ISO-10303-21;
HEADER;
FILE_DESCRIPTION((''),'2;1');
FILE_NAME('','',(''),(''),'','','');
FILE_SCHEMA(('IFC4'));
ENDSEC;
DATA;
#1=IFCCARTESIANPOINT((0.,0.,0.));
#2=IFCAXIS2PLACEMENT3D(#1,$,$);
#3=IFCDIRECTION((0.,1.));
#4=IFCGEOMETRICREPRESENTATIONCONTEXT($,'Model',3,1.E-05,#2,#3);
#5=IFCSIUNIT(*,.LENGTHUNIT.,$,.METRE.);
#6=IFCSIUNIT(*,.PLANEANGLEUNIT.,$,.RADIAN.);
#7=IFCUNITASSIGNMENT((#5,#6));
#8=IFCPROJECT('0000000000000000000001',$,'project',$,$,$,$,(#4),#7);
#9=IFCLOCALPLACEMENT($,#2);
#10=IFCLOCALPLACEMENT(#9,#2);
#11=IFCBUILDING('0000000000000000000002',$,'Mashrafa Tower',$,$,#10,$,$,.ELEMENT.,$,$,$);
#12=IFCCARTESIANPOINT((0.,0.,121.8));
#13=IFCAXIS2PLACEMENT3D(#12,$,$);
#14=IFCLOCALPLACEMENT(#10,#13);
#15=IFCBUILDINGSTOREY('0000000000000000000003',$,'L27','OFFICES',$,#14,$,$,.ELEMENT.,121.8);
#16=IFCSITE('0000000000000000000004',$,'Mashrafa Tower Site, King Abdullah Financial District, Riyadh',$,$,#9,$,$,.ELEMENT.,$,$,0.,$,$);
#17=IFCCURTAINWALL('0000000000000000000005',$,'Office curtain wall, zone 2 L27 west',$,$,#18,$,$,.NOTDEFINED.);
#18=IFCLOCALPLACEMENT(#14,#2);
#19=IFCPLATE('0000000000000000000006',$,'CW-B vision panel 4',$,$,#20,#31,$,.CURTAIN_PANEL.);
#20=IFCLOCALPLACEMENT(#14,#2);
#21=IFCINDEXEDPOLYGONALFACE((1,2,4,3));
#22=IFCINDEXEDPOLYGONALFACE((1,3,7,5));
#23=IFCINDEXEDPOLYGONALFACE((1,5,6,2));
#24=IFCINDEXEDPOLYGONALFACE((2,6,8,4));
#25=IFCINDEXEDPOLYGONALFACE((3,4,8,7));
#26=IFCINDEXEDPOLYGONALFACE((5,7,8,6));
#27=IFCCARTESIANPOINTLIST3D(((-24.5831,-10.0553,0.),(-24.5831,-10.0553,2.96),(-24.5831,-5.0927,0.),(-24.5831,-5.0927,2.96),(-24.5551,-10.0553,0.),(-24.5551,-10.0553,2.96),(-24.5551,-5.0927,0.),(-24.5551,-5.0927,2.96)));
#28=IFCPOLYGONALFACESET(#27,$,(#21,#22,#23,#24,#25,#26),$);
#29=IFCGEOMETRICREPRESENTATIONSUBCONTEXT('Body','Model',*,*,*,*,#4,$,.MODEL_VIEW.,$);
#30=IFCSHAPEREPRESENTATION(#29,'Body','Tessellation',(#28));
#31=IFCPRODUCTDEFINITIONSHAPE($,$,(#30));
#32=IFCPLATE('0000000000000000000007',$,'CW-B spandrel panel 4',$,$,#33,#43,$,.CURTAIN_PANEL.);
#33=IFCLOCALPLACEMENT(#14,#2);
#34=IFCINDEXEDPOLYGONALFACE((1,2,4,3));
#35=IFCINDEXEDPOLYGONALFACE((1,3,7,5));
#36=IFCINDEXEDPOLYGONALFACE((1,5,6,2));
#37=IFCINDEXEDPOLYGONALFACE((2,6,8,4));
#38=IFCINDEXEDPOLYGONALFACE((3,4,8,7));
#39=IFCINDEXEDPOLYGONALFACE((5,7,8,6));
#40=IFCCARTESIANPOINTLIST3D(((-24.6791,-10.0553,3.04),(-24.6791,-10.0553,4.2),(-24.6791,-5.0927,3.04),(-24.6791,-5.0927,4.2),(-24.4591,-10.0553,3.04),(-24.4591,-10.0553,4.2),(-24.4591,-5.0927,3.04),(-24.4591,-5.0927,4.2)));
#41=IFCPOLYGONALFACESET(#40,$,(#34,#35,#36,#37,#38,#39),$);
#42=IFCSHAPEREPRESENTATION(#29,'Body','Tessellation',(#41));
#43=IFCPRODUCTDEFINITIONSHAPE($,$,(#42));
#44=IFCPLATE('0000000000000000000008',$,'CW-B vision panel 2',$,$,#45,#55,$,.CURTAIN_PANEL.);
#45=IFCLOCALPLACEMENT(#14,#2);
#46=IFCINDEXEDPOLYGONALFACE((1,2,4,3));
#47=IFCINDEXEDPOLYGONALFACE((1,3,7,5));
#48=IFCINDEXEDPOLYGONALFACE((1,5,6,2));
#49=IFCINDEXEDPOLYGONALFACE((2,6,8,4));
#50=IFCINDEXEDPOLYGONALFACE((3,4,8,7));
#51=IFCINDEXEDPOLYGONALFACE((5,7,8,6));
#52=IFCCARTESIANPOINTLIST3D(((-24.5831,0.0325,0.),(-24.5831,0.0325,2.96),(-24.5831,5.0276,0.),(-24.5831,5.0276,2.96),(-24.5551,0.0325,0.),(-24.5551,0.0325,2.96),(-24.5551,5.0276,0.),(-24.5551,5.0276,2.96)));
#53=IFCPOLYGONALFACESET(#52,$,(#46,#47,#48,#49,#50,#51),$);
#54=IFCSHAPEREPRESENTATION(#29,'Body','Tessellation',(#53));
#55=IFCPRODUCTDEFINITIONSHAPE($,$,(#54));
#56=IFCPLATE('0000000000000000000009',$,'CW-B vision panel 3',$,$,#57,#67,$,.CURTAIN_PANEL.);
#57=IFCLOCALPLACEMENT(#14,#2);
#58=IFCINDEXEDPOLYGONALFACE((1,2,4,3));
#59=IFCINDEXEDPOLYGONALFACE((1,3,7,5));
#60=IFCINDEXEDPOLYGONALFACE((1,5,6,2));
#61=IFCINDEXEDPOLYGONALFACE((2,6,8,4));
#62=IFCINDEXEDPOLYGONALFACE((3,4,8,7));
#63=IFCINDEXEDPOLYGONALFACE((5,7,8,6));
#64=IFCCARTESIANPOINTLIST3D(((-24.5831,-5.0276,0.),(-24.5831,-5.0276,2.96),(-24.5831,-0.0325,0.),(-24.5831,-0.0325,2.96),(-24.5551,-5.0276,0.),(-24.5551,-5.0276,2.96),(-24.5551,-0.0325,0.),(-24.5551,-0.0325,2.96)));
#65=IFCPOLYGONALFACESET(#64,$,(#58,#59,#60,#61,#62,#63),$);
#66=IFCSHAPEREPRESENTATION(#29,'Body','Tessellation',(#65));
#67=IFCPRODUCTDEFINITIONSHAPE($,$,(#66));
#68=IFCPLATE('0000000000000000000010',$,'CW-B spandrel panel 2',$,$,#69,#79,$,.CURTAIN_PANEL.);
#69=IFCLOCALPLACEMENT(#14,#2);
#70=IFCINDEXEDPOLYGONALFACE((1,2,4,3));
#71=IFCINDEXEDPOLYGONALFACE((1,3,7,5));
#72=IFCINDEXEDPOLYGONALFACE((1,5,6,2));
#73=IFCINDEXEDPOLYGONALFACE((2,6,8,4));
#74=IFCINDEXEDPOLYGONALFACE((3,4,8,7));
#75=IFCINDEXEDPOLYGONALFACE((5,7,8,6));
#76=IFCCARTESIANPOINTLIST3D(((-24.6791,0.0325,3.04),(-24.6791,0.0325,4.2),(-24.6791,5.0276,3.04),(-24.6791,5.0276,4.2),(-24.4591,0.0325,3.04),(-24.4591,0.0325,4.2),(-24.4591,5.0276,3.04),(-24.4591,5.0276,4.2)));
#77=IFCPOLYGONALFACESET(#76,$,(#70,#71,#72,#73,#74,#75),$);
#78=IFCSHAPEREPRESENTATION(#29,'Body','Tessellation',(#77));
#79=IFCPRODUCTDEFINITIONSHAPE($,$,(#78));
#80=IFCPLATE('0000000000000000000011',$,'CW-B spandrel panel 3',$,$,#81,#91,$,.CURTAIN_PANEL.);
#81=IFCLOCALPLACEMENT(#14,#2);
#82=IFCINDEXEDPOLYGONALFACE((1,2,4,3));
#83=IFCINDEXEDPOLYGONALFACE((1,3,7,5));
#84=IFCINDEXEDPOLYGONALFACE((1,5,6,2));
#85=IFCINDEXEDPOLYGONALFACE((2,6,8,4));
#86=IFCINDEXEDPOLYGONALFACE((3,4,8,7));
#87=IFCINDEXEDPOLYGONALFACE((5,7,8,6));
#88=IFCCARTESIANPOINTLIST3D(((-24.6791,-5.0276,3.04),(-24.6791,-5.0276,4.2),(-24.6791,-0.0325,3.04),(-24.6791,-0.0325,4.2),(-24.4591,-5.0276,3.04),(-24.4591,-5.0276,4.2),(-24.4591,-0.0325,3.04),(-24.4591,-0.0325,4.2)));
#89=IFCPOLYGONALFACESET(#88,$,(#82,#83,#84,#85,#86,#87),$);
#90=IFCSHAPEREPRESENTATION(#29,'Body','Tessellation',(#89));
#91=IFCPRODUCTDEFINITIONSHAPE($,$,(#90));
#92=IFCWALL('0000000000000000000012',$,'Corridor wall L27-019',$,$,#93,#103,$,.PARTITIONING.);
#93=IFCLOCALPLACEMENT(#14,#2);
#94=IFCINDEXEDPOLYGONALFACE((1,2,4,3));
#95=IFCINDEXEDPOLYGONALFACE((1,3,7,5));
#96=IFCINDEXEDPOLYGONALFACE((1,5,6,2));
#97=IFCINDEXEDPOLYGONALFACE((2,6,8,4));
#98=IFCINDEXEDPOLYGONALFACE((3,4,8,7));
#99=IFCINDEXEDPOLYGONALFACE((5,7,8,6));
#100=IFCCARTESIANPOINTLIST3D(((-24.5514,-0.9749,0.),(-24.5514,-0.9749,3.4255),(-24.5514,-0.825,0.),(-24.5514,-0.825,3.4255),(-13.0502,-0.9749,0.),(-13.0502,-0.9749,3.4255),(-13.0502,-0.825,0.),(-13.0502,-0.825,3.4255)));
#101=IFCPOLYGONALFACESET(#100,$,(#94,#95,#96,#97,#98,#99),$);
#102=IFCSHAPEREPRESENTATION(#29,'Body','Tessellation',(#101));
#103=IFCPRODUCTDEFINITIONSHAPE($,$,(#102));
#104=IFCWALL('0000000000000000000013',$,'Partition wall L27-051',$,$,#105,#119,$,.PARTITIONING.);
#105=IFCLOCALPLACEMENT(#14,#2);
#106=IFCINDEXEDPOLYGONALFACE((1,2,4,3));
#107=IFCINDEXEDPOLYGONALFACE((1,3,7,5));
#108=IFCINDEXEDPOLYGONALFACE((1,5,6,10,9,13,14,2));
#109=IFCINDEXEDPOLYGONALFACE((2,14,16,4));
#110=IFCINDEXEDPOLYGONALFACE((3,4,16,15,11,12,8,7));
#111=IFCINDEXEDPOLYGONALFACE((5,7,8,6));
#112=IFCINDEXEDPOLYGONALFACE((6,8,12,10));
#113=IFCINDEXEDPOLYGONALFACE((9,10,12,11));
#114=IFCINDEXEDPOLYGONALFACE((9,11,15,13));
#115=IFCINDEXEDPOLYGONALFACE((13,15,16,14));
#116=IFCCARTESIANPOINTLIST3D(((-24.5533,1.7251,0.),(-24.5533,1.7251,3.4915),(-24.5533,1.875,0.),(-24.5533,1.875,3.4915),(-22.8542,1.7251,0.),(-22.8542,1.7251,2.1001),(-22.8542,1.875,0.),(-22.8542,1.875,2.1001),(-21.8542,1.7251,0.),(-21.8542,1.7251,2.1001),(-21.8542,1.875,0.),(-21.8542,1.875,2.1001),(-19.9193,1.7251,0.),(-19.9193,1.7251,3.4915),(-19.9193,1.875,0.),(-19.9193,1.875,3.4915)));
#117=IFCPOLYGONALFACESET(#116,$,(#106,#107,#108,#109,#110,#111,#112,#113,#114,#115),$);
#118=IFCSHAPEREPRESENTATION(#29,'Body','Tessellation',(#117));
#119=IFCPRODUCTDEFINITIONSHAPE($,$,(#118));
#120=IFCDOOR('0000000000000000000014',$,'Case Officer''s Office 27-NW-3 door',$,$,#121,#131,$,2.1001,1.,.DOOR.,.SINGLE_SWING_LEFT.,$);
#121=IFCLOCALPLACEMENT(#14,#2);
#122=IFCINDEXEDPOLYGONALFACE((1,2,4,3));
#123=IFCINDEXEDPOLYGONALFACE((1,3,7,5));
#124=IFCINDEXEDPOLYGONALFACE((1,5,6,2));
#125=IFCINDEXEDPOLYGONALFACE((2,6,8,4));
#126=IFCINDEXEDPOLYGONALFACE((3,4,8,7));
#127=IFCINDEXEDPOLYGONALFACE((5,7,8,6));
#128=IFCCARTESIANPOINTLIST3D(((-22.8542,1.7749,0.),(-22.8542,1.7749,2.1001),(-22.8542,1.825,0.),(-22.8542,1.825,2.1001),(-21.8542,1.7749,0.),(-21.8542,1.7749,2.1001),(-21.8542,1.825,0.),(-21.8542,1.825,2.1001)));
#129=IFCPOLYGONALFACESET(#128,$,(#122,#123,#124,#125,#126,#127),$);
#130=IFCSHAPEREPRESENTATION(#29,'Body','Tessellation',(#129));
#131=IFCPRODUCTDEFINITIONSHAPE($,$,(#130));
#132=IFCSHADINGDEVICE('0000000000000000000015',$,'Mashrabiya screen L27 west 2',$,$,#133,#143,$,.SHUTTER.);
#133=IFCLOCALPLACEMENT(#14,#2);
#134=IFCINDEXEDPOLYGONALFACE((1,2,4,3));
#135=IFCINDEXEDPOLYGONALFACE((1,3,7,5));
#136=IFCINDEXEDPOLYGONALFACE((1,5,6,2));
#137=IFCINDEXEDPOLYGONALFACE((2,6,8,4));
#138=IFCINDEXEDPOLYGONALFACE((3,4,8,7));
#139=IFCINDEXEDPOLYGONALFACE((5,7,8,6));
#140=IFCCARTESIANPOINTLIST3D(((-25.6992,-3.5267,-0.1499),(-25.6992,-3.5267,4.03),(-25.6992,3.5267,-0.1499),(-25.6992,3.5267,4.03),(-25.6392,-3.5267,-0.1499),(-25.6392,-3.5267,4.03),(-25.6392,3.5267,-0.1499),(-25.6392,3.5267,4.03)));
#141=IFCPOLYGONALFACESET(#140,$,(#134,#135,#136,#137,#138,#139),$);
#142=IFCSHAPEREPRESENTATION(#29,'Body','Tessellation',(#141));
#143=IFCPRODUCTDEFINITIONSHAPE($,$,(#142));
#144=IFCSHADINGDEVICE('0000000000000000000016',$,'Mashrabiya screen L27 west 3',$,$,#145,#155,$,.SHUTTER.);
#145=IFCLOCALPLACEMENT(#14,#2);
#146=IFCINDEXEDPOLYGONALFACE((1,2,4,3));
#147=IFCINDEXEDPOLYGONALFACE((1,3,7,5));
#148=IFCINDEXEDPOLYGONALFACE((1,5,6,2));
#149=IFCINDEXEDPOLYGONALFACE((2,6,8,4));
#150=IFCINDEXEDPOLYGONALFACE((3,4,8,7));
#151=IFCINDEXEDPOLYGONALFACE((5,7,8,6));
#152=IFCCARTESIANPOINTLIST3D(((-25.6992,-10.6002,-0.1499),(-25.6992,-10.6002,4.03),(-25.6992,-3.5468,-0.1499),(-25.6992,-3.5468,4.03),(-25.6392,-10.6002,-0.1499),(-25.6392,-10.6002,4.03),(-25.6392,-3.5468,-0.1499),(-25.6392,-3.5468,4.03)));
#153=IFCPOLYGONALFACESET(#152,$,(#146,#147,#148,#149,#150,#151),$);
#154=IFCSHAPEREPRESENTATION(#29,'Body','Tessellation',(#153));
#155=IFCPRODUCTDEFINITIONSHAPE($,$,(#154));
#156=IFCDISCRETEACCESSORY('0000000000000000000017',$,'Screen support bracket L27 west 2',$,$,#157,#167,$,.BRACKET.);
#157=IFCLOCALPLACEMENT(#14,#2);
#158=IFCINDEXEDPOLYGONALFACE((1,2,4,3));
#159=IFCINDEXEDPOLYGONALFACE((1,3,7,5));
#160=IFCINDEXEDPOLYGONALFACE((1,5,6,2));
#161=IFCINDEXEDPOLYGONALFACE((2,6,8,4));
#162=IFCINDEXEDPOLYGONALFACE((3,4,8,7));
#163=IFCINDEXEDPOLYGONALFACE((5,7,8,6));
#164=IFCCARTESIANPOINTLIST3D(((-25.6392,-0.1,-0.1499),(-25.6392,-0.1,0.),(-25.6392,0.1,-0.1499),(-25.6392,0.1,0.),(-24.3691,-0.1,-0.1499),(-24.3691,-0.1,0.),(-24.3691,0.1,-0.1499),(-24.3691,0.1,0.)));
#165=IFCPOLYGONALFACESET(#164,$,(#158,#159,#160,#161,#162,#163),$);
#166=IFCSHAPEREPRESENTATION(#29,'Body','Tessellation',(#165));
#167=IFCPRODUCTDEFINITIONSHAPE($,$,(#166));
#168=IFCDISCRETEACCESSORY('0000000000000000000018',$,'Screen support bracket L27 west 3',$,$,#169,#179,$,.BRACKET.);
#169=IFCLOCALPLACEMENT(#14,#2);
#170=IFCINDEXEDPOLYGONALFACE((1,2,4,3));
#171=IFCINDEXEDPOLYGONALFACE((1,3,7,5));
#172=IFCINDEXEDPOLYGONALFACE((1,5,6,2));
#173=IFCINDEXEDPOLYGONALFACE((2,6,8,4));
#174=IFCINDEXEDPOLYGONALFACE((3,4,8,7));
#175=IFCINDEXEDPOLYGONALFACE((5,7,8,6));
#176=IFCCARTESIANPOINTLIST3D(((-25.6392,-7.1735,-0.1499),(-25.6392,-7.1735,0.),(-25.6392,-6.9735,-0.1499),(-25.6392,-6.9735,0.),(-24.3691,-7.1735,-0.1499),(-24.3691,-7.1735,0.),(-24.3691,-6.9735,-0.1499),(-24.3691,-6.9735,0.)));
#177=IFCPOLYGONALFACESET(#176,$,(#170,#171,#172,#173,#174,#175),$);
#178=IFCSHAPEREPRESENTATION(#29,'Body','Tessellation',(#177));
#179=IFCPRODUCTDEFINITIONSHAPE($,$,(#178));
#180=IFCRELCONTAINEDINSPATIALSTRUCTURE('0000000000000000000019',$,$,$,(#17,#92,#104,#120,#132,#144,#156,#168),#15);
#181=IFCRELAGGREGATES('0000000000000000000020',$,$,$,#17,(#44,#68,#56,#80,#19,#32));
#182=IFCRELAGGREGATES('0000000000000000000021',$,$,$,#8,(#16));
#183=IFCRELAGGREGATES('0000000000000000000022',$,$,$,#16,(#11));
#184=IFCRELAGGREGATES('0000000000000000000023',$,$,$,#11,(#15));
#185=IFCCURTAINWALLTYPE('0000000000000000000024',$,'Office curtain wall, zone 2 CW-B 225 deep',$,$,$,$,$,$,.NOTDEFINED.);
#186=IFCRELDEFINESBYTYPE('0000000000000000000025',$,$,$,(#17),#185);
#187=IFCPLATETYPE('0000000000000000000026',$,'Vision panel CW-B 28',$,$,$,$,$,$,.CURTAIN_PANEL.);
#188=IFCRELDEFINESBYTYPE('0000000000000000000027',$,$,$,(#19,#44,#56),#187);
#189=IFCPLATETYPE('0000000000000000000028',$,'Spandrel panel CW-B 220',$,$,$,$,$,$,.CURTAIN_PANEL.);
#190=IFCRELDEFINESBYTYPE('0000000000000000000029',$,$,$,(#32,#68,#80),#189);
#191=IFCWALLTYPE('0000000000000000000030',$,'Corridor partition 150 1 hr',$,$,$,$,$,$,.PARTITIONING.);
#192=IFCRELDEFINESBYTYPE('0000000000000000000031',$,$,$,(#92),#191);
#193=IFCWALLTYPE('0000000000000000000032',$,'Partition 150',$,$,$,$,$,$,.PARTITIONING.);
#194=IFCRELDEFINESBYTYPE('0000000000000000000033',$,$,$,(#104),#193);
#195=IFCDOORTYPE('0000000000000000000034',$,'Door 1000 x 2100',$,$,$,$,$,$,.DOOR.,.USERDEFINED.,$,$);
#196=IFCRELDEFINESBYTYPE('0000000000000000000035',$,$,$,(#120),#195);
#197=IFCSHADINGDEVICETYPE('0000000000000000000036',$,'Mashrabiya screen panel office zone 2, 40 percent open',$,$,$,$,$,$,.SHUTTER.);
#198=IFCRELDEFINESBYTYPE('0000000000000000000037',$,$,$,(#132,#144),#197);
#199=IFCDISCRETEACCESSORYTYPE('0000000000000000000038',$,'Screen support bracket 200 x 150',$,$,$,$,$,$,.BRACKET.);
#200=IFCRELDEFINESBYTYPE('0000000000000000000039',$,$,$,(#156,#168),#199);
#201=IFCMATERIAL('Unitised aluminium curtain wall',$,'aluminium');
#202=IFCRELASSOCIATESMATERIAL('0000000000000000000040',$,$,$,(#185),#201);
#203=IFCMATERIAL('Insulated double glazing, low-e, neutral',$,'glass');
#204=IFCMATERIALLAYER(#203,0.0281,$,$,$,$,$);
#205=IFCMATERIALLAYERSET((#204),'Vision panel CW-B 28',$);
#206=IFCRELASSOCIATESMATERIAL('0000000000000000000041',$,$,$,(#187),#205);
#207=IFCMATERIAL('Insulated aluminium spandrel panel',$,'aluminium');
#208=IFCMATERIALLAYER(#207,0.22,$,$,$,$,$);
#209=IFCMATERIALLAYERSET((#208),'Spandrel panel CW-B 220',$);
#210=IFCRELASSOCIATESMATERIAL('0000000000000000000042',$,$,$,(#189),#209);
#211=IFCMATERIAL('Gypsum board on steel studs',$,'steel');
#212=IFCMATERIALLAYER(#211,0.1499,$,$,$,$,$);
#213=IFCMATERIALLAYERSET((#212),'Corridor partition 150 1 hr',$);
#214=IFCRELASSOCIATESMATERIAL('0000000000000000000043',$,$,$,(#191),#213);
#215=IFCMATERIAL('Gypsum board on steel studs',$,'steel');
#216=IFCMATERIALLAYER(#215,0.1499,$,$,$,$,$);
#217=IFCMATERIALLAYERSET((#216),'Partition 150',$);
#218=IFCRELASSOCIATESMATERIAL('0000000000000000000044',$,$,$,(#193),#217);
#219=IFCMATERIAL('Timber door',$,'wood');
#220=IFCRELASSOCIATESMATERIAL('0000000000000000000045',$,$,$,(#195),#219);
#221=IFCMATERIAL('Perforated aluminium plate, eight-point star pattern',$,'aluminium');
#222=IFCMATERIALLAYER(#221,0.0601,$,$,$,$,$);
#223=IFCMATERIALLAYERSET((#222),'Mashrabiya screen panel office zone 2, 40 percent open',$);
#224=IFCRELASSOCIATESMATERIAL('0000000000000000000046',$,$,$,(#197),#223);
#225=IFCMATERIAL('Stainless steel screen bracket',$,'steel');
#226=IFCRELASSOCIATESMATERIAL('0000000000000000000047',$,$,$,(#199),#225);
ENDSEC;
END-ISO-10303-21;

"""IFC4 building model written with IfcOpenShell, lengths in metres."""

from ifc_helpers import new_model, si_unit, direction, frame, frame_2d, origin, origin_2d, place, context, subcontext, project, spatial, rectangle, extrude, source, transform, mapped, material, layer, layer_set, type_object, type_shapes, element, fill, aggregate, save


model = new_model("IFC4")

# Units and contexts
model_context = context("Model", 3, precision=1e-05, world=origin(), true_north=direction((0.0, 1.0)))
body_context = subcontext(model_context, "Body", "Model", "MODEL_VIEW")
ifc_project = project(units=[si_unit("LENGTHUNIT", "METRE"), si_unit("PLANEANGLEUNIT", "RADIAN")], contexts=[model_context])

# Site, building, storey
site_placement = place(None, origin())
site = spatial("IfcSite", under=ifc_project, at=site_placement, Name="Mashrafa Tower Site, King Abdullah Financial District, Riyadh", CompositionType="ELEMENT", RefElevation=0.0)
building_placement = place(site_placement, origin())
building = spatial("IfcBuilding", under=site, at=building_placement, Name="Mashrafa Tower", CompositionType="ELEMENT")
storey_placement = place(building_placement, frame((0.0, 0.0, 121.8)))
storey = spatial("IfcBuildingStorey", under=building, at=storey_placement, Name="L27", Description="OFFICES", CompositionType="ELEMENT", Elevation=121.8)

# Curtain wall
ifc_material_1 = material(Name="Unitised aluminium curtain wall", Category="aluminium")
curtain_wall_type = type_object("IfcCurtainWallType", Name="Office curtain wall, zone 2 CW-B 225 deep", PredefinedType="NOTDEFINED", material=ifc_material_1)
curtain_wall_1_placement = place(storey_placement, origin())
curtain_wall_1 = element("IfcCurtainWall", 1, at=curtain_wall_1_placement, inside=storey, type_object=curtain_wall_type, Name="Office curtain wall, zone 2 L27 west", PredefinedType="NOTDEFINED")

# Plates
ifc_material_2 = material(Name="Insulated double glazing, low-e, neutral", Category="glass")
ifc_layer_1 = layer(ifc_material_2, 0.0281)
ifc_layer_set_1 = layer_set([ifc_layer_1], Name="Vision panel CW-B 28")
plate_type_1 = type_object("IfcPlateType", Name="Vision panel CW-B 28", PredefinedType="CURTAIN_PANEL", material=ifc_layer_set_1)
shared_shape_1 = source(origin(), body_context, "Body", "SweptSolid", [
    extrude(rectangle(XDim=4.9626, YDim=0.0281, at=origin_2d()), origin(), (0.0, 0.0, 1.0), 2.96),
])
plate_1_placement = place(storey_placement, frame((-24.5691, -7.574, 0.0), z_axis=(0.0, 0.0, 1.0), x_axis=(0.0, -1.0, 0.0)))
plate_1 = element("IfcPlate", 2, at=plate_1_placement, type_object=plate_type_1, Name="CW-B vision panel 4", PredefinedType="CURTAIN_PANEL", context=body_context, shape_type="MappedRepresentation", body=[
    mapped(shared_shape_1, transform((0.0, 0.0, 0.0))),
])
ifc_material_3 = material(Name="Insulated aluminium spandrel panel", Category="aluminium")
ifc_layer_2 = layer(ifc_material_3, 0.22)
ifc_layer_set_2 = layer_set([ifc_layer_2], Name="Spandrel panel CW-B 220")
plate_type_2 = type_object("IfcPlateType", Name="Spandrel panel CW-B 220", PredefinedType="CURTAIN_PANEL", material=ifc_layer_set_2)
shared_shape_2 = source(origin(), body_context, "Body", "SweptSolid", [
    extrude(rectangle(XDim=4.9626, YDim=0.22, at=origin_2d()), origin(), (0.0, 0.0, 1.0), 1.1599),
])
plate_2_placement = place(storey_placement, frame((-24.5691, -7.574, 3.04), z_axis=(0.0, 0.0, 1.0), x_axis=(0.0, -1.0, 0.0)))
plate_2 = element("IfcPlate", 3, at=plate_2_placement, type_object=plate_type_2, Name="CW-B spandrel panel 4", PredefinedType="CURTAIN_PANEL", context=body_context, shape_type="MappedRepresentation", body=[
    mapped(shared_shape_2, transform((0.0, 0.0, 0.0))),
])
shared_shape_3 = source(origin(), body_context, "Body", "SweptSolid", [
    extrude(rectangle(XDim=4.9951, YDim=0.0281, at=origin_2d()), origin(), (0.0, 0.0, 1.0), 2.96),
])
type_shapes(plate_type_1, [shared_shape_1, shared_shape_3])
plate_3_placement = place(storey_placement, frame((-24.5691, 2.53, 0.0), z_axis=(0.0, 0.0, 1.0), x_axis=(0.0, -1.0, 0.0)))
plate_3 = element("IfcPlate", 4, at=plate_3_placement, type_object=plate_type_1, Name="CW-B vision panel 2", PredefinedType="CURTAIN_PANEL", context=body_context, shape_type="MappedRepresentation", body=[
    mapped(shared_shape_3, transform((0.0, 0.0, 0.0))),
])
plate_4_placement = place(storey_placement, frame((-24.5691, -2.53, 0.0), z_axis=(0.0, 0.0, 1.0), x_axis=(0.0, -1.0, 0.0)))
plate_4 = element("IfcPlate", 5, at=plate_4_placement, type_object=plate_type_1, Name="CW-B vision panel 3", PredefinedType="CURTAIN_PANEL", context=body_context, shape_type="MappedRepresentation", body=[
    mapped(shared_shape_3, transform((0.0, 0.0, 0.0))),
])
shared_shape_4 = source(origin(), body_context, "Body", "SweptSolid", [
    extrude(rectangle(XDim=4.9951, YDim=0.22, at=origin_2d()), origin(), (0.0, 0.0, 1.0), 1.1599),
])
type_shapes(plate_type_2, [shared_shape_2, shared_shape_4])
plate_5_placement = place(storey_placement, frame((-24.5691, 2.53, 3.04), z_axis=(0.0, 0.0, 1.0), x_axis=(0.0, -1.0, 0.0)))
plate_5 = element("IfcPlate", 6, at=plate_5_placement, type_object=plate_type_2, Name="CW-B spandrel panel 2", PredefinedType="CURTAIN_PANEL", context=body_context, shape_type="MappedRepresentation", body=[
    mapped(shared_shape_4, transform((0.0, 0.0, 0.0))),
])
plate_6_placement = place(storey_placement, frame((-24.5691, -2.53, 3.04), z_axis=(0.0, 0.0, 1.0), x_axis=(0.0, -1.0, 0.0)))
plate_6 = element("IfcPlate", 7, at=plate_6_placement, type_object=plate_type_2, Name="CW-B spandrel panel 3", PredefinedType="CURTAIN_PANEL", context=body_context, shape_type="MappedRepresentation", body=[
    mapped(shared_shape_4, transform((0.0, 0.0, 0.0))),
])
aggregate(curtain_wall_1, [plate_3, plate_5, plate_4, plate_6, plate_1, plate_2])

# Wall
ifc_material_4 = material(Name="Gypsum board on steel studs", Category="steel")
ifc_layer_3 = layer(ifc_material_4, 0.1499)
ifc_layer_set_3 = layer_set([ifc_layer_3], Name="Corridor partition 150 1 hr")
wall_type_1 = type_object("IfcWallType", Name="Corridor partition 150 1 hr", PredefinedType="PARTITIONING", material=ifc_layer_set_3)
wall_1_placement = place(storey_placement, frame((-24.5513, -0.8999, 0.0), z_axis=(0.0, 0.0, 1.0), x_axis=(1.0, 0.0, 0.0)))
element("IfcWall", 8, at=wall_1_placement, inside=storey, type_object=wall_type_1, Name="Corridor wall L27-019", PredefinedType="PARTITIONING", context=body_context, shape_type="SweptSolid", body=[
    extrude(rectangle(XDim=11.5012, YDim=0.1499, at=frame_2d((5.7505, 0.0))), origin(), (0.0, 0.0, 1.0), 3.4255),
])

# Wall, opening, door
ifc_material_5 = material(Name="Gypsum board on steel studs", Category="steel")
ifc_layer_4 = layer(ifc_material_5, 0.1499)
ifc_layer_set_4 = layer_set([ifc_layer_4], Name="Partition 150")
wall_type_2 = type_object("IfcWallType", Name="Partition 150", PredefinedType="PARTITIONING", material=ifc_layer_set_4)
wall_2_placement = place(storey_placement, frame((-24.5532, 1.8, 0.0), z_axis=(0.0, 0.0, 1.0), x_axis=(1.0, 0.0, 0.0)))
wall_2 = element("IfcWall", 9, at=wall_2_placement, inside=storey, type_object=wall_type_2, Name="Partition wall L27-051", PredefinedType="PARTITIONING", context=body_context, shape_type="SweptSolid", body=[
    extrude(rectangle(XDim=4.634, YDim=0.1499, at=frame_2d((2.3169, 0.0))), origin(), (0.0, 0.0, 1.0), 3.4915),
])
opening_placement = place(wall_2_placement, frame((1.699, 0.0, 0.0)))
opening = element("IfcOpeningElement", 10, at=opening_placement, cuts=wall_2, PredefinedType="OPENING", context=body_context, shape_type="SweptSolid", body=[
    extrude(rectangle(XDim=1.0, YDim=2.1001, at=frame_2d((0.5, 1.05))), frame((0.0, 0.085, 0.0), z_axis=(0.0, -1.0, 0.0), x_axis=(1.0, 0.0, 0.0)), (0.0, 0.0, 1.0), 0.1699),
])
ifc_material_6 = material(Name="Timber door", Category="wood")
door_type = type_object("IfcDoorType", Name="Door 1000 x 2100", OperationType="USERDEFINED", PredefinedType="DOOR", material=ifc_material_6)
door_placement = place(opening_placement, origin())
door = element("IfcDoor", 11, at=door_placement, inside=storey, type_object=door_type, Name="Case Officer's Office 27-NW-3 door", OperationType="SINGLE_SWING_LEFT", OverallHeight=2.1001, OverallWidth=1.0, PredefinedType="DOOR", context=body_context, shape_type="SweptSolid", body=[
    extrude(rectangle(XDim=1.0, YDim=2.1001, at=frame_2d((0.5, 1.05))), frame((0.0, 0.0249, 0.0), z_axis=(0.0, -1.0, 0.0), x_axis=(1.0, 0.0, 0.0)), (0.0, 0.0, 1.0), 0.05),
])
fill(opening, door)

# Shading devices
ifc_material_7 = material(Name="Perforated aluminium plate, eight-point star pattern", Category="aluminium")
ifc_layer_5 = layer(ifc_material_7, 0.0601)
ifc_layer_set_5 = layer_set([ifc_layer_5], Name="Mashrabiya screen panel office zone 2, 40 percent open")
shading_device_type = type_object("IfcShadingDeviceType", Name="Mashrabiya screen panel office zone 2, 40 percent open", PredefinedType="SHUTTER", material=ifc_layer_set_5)
shared_shape_5 = source(origin(), body_context, "Body", "SweptSolid", [
    extrude(rectangle(XDim=7.0535, YDim=0.0601, at=origin_2d()), origin(), (0.0, 0.0, 1.0), 4.1799),
])
type_shapes(shading_device_type, [shared_shape_5])
for number, where, z_axis, x_axis, name in (
    (12, (-25.6692, 0.0, -0.1499), (0.0, 0.0, 1.0), (0.0, -1.0, 0.0), "Mashrabiya screen L27 west 2"),
    (13, (-25.6692, -7.0735, -0.1499), (0.0, 0.0, 1.0), (0.0, -1.0, 0.0), "Mashrabiya screen L27 west 3"),
):
    element("IfcShadingDevice", number, at=place(storey_placement, frame(where, z_axis=z_axis, x_axis=x_axis)), inside=storey, type_object=shading_device_type, Name=name, PredefinedType="SHUTTER", context=body_context, shape_type="MappedRepresentation", body=[
        mapped(shared_shape_5, transform((0.0, 0.0, 0.0))),
    ])

# Discrete accessories
ifc_material_8 = material(Name="Stainless steel screen bracket", Category="steel")
discrete_accessory_type = type_object("IfcDiscreteAccessoryType", Name="Screen support bracket 200 x 150", PredefinedType="BRACKET", material=ifc_material_8)
shared_shape_6 = source(origin(), body_context, "Body", "SweptSolid", [
    extrude(rectangle(XDim=0.2, YDim=1.27, at=origin_2d()), origin(), (0.0, 0.0, 1.0), 0.1499),
])
type_shapes(discrete_accessory_type, [shared_shape_6])
for number, where, z_axis, x_axis, name in (
    (14, (-25.0042, 0.0, -0.1499), (0.0, 0.0, 1.0), (0.0, -1.0, 0.0), "Screen support bracket L27 west 2"),
    (15, (-25.0042, -7.0735, -0.1499), (0.0, 0.0, 1.0), (0.0, -1.0, 0.0), "Screen support bracket L27 west 3"),
):
    element("IfcDiscreteAccessory", number, at=place(storey_placement, frame(where, z_axis=z_axis, x_axis=x_axis)), inside=storey, type_object=discrete_accessory_type, Name=name, PredefinedType="BRACKET", context=body_context, shape_type="MappedRepresentation", body=[
        mapped(shared_shape_6, transform((0.0, 0.0, 0.0))),
    ])

save(model, "model.ifc")
